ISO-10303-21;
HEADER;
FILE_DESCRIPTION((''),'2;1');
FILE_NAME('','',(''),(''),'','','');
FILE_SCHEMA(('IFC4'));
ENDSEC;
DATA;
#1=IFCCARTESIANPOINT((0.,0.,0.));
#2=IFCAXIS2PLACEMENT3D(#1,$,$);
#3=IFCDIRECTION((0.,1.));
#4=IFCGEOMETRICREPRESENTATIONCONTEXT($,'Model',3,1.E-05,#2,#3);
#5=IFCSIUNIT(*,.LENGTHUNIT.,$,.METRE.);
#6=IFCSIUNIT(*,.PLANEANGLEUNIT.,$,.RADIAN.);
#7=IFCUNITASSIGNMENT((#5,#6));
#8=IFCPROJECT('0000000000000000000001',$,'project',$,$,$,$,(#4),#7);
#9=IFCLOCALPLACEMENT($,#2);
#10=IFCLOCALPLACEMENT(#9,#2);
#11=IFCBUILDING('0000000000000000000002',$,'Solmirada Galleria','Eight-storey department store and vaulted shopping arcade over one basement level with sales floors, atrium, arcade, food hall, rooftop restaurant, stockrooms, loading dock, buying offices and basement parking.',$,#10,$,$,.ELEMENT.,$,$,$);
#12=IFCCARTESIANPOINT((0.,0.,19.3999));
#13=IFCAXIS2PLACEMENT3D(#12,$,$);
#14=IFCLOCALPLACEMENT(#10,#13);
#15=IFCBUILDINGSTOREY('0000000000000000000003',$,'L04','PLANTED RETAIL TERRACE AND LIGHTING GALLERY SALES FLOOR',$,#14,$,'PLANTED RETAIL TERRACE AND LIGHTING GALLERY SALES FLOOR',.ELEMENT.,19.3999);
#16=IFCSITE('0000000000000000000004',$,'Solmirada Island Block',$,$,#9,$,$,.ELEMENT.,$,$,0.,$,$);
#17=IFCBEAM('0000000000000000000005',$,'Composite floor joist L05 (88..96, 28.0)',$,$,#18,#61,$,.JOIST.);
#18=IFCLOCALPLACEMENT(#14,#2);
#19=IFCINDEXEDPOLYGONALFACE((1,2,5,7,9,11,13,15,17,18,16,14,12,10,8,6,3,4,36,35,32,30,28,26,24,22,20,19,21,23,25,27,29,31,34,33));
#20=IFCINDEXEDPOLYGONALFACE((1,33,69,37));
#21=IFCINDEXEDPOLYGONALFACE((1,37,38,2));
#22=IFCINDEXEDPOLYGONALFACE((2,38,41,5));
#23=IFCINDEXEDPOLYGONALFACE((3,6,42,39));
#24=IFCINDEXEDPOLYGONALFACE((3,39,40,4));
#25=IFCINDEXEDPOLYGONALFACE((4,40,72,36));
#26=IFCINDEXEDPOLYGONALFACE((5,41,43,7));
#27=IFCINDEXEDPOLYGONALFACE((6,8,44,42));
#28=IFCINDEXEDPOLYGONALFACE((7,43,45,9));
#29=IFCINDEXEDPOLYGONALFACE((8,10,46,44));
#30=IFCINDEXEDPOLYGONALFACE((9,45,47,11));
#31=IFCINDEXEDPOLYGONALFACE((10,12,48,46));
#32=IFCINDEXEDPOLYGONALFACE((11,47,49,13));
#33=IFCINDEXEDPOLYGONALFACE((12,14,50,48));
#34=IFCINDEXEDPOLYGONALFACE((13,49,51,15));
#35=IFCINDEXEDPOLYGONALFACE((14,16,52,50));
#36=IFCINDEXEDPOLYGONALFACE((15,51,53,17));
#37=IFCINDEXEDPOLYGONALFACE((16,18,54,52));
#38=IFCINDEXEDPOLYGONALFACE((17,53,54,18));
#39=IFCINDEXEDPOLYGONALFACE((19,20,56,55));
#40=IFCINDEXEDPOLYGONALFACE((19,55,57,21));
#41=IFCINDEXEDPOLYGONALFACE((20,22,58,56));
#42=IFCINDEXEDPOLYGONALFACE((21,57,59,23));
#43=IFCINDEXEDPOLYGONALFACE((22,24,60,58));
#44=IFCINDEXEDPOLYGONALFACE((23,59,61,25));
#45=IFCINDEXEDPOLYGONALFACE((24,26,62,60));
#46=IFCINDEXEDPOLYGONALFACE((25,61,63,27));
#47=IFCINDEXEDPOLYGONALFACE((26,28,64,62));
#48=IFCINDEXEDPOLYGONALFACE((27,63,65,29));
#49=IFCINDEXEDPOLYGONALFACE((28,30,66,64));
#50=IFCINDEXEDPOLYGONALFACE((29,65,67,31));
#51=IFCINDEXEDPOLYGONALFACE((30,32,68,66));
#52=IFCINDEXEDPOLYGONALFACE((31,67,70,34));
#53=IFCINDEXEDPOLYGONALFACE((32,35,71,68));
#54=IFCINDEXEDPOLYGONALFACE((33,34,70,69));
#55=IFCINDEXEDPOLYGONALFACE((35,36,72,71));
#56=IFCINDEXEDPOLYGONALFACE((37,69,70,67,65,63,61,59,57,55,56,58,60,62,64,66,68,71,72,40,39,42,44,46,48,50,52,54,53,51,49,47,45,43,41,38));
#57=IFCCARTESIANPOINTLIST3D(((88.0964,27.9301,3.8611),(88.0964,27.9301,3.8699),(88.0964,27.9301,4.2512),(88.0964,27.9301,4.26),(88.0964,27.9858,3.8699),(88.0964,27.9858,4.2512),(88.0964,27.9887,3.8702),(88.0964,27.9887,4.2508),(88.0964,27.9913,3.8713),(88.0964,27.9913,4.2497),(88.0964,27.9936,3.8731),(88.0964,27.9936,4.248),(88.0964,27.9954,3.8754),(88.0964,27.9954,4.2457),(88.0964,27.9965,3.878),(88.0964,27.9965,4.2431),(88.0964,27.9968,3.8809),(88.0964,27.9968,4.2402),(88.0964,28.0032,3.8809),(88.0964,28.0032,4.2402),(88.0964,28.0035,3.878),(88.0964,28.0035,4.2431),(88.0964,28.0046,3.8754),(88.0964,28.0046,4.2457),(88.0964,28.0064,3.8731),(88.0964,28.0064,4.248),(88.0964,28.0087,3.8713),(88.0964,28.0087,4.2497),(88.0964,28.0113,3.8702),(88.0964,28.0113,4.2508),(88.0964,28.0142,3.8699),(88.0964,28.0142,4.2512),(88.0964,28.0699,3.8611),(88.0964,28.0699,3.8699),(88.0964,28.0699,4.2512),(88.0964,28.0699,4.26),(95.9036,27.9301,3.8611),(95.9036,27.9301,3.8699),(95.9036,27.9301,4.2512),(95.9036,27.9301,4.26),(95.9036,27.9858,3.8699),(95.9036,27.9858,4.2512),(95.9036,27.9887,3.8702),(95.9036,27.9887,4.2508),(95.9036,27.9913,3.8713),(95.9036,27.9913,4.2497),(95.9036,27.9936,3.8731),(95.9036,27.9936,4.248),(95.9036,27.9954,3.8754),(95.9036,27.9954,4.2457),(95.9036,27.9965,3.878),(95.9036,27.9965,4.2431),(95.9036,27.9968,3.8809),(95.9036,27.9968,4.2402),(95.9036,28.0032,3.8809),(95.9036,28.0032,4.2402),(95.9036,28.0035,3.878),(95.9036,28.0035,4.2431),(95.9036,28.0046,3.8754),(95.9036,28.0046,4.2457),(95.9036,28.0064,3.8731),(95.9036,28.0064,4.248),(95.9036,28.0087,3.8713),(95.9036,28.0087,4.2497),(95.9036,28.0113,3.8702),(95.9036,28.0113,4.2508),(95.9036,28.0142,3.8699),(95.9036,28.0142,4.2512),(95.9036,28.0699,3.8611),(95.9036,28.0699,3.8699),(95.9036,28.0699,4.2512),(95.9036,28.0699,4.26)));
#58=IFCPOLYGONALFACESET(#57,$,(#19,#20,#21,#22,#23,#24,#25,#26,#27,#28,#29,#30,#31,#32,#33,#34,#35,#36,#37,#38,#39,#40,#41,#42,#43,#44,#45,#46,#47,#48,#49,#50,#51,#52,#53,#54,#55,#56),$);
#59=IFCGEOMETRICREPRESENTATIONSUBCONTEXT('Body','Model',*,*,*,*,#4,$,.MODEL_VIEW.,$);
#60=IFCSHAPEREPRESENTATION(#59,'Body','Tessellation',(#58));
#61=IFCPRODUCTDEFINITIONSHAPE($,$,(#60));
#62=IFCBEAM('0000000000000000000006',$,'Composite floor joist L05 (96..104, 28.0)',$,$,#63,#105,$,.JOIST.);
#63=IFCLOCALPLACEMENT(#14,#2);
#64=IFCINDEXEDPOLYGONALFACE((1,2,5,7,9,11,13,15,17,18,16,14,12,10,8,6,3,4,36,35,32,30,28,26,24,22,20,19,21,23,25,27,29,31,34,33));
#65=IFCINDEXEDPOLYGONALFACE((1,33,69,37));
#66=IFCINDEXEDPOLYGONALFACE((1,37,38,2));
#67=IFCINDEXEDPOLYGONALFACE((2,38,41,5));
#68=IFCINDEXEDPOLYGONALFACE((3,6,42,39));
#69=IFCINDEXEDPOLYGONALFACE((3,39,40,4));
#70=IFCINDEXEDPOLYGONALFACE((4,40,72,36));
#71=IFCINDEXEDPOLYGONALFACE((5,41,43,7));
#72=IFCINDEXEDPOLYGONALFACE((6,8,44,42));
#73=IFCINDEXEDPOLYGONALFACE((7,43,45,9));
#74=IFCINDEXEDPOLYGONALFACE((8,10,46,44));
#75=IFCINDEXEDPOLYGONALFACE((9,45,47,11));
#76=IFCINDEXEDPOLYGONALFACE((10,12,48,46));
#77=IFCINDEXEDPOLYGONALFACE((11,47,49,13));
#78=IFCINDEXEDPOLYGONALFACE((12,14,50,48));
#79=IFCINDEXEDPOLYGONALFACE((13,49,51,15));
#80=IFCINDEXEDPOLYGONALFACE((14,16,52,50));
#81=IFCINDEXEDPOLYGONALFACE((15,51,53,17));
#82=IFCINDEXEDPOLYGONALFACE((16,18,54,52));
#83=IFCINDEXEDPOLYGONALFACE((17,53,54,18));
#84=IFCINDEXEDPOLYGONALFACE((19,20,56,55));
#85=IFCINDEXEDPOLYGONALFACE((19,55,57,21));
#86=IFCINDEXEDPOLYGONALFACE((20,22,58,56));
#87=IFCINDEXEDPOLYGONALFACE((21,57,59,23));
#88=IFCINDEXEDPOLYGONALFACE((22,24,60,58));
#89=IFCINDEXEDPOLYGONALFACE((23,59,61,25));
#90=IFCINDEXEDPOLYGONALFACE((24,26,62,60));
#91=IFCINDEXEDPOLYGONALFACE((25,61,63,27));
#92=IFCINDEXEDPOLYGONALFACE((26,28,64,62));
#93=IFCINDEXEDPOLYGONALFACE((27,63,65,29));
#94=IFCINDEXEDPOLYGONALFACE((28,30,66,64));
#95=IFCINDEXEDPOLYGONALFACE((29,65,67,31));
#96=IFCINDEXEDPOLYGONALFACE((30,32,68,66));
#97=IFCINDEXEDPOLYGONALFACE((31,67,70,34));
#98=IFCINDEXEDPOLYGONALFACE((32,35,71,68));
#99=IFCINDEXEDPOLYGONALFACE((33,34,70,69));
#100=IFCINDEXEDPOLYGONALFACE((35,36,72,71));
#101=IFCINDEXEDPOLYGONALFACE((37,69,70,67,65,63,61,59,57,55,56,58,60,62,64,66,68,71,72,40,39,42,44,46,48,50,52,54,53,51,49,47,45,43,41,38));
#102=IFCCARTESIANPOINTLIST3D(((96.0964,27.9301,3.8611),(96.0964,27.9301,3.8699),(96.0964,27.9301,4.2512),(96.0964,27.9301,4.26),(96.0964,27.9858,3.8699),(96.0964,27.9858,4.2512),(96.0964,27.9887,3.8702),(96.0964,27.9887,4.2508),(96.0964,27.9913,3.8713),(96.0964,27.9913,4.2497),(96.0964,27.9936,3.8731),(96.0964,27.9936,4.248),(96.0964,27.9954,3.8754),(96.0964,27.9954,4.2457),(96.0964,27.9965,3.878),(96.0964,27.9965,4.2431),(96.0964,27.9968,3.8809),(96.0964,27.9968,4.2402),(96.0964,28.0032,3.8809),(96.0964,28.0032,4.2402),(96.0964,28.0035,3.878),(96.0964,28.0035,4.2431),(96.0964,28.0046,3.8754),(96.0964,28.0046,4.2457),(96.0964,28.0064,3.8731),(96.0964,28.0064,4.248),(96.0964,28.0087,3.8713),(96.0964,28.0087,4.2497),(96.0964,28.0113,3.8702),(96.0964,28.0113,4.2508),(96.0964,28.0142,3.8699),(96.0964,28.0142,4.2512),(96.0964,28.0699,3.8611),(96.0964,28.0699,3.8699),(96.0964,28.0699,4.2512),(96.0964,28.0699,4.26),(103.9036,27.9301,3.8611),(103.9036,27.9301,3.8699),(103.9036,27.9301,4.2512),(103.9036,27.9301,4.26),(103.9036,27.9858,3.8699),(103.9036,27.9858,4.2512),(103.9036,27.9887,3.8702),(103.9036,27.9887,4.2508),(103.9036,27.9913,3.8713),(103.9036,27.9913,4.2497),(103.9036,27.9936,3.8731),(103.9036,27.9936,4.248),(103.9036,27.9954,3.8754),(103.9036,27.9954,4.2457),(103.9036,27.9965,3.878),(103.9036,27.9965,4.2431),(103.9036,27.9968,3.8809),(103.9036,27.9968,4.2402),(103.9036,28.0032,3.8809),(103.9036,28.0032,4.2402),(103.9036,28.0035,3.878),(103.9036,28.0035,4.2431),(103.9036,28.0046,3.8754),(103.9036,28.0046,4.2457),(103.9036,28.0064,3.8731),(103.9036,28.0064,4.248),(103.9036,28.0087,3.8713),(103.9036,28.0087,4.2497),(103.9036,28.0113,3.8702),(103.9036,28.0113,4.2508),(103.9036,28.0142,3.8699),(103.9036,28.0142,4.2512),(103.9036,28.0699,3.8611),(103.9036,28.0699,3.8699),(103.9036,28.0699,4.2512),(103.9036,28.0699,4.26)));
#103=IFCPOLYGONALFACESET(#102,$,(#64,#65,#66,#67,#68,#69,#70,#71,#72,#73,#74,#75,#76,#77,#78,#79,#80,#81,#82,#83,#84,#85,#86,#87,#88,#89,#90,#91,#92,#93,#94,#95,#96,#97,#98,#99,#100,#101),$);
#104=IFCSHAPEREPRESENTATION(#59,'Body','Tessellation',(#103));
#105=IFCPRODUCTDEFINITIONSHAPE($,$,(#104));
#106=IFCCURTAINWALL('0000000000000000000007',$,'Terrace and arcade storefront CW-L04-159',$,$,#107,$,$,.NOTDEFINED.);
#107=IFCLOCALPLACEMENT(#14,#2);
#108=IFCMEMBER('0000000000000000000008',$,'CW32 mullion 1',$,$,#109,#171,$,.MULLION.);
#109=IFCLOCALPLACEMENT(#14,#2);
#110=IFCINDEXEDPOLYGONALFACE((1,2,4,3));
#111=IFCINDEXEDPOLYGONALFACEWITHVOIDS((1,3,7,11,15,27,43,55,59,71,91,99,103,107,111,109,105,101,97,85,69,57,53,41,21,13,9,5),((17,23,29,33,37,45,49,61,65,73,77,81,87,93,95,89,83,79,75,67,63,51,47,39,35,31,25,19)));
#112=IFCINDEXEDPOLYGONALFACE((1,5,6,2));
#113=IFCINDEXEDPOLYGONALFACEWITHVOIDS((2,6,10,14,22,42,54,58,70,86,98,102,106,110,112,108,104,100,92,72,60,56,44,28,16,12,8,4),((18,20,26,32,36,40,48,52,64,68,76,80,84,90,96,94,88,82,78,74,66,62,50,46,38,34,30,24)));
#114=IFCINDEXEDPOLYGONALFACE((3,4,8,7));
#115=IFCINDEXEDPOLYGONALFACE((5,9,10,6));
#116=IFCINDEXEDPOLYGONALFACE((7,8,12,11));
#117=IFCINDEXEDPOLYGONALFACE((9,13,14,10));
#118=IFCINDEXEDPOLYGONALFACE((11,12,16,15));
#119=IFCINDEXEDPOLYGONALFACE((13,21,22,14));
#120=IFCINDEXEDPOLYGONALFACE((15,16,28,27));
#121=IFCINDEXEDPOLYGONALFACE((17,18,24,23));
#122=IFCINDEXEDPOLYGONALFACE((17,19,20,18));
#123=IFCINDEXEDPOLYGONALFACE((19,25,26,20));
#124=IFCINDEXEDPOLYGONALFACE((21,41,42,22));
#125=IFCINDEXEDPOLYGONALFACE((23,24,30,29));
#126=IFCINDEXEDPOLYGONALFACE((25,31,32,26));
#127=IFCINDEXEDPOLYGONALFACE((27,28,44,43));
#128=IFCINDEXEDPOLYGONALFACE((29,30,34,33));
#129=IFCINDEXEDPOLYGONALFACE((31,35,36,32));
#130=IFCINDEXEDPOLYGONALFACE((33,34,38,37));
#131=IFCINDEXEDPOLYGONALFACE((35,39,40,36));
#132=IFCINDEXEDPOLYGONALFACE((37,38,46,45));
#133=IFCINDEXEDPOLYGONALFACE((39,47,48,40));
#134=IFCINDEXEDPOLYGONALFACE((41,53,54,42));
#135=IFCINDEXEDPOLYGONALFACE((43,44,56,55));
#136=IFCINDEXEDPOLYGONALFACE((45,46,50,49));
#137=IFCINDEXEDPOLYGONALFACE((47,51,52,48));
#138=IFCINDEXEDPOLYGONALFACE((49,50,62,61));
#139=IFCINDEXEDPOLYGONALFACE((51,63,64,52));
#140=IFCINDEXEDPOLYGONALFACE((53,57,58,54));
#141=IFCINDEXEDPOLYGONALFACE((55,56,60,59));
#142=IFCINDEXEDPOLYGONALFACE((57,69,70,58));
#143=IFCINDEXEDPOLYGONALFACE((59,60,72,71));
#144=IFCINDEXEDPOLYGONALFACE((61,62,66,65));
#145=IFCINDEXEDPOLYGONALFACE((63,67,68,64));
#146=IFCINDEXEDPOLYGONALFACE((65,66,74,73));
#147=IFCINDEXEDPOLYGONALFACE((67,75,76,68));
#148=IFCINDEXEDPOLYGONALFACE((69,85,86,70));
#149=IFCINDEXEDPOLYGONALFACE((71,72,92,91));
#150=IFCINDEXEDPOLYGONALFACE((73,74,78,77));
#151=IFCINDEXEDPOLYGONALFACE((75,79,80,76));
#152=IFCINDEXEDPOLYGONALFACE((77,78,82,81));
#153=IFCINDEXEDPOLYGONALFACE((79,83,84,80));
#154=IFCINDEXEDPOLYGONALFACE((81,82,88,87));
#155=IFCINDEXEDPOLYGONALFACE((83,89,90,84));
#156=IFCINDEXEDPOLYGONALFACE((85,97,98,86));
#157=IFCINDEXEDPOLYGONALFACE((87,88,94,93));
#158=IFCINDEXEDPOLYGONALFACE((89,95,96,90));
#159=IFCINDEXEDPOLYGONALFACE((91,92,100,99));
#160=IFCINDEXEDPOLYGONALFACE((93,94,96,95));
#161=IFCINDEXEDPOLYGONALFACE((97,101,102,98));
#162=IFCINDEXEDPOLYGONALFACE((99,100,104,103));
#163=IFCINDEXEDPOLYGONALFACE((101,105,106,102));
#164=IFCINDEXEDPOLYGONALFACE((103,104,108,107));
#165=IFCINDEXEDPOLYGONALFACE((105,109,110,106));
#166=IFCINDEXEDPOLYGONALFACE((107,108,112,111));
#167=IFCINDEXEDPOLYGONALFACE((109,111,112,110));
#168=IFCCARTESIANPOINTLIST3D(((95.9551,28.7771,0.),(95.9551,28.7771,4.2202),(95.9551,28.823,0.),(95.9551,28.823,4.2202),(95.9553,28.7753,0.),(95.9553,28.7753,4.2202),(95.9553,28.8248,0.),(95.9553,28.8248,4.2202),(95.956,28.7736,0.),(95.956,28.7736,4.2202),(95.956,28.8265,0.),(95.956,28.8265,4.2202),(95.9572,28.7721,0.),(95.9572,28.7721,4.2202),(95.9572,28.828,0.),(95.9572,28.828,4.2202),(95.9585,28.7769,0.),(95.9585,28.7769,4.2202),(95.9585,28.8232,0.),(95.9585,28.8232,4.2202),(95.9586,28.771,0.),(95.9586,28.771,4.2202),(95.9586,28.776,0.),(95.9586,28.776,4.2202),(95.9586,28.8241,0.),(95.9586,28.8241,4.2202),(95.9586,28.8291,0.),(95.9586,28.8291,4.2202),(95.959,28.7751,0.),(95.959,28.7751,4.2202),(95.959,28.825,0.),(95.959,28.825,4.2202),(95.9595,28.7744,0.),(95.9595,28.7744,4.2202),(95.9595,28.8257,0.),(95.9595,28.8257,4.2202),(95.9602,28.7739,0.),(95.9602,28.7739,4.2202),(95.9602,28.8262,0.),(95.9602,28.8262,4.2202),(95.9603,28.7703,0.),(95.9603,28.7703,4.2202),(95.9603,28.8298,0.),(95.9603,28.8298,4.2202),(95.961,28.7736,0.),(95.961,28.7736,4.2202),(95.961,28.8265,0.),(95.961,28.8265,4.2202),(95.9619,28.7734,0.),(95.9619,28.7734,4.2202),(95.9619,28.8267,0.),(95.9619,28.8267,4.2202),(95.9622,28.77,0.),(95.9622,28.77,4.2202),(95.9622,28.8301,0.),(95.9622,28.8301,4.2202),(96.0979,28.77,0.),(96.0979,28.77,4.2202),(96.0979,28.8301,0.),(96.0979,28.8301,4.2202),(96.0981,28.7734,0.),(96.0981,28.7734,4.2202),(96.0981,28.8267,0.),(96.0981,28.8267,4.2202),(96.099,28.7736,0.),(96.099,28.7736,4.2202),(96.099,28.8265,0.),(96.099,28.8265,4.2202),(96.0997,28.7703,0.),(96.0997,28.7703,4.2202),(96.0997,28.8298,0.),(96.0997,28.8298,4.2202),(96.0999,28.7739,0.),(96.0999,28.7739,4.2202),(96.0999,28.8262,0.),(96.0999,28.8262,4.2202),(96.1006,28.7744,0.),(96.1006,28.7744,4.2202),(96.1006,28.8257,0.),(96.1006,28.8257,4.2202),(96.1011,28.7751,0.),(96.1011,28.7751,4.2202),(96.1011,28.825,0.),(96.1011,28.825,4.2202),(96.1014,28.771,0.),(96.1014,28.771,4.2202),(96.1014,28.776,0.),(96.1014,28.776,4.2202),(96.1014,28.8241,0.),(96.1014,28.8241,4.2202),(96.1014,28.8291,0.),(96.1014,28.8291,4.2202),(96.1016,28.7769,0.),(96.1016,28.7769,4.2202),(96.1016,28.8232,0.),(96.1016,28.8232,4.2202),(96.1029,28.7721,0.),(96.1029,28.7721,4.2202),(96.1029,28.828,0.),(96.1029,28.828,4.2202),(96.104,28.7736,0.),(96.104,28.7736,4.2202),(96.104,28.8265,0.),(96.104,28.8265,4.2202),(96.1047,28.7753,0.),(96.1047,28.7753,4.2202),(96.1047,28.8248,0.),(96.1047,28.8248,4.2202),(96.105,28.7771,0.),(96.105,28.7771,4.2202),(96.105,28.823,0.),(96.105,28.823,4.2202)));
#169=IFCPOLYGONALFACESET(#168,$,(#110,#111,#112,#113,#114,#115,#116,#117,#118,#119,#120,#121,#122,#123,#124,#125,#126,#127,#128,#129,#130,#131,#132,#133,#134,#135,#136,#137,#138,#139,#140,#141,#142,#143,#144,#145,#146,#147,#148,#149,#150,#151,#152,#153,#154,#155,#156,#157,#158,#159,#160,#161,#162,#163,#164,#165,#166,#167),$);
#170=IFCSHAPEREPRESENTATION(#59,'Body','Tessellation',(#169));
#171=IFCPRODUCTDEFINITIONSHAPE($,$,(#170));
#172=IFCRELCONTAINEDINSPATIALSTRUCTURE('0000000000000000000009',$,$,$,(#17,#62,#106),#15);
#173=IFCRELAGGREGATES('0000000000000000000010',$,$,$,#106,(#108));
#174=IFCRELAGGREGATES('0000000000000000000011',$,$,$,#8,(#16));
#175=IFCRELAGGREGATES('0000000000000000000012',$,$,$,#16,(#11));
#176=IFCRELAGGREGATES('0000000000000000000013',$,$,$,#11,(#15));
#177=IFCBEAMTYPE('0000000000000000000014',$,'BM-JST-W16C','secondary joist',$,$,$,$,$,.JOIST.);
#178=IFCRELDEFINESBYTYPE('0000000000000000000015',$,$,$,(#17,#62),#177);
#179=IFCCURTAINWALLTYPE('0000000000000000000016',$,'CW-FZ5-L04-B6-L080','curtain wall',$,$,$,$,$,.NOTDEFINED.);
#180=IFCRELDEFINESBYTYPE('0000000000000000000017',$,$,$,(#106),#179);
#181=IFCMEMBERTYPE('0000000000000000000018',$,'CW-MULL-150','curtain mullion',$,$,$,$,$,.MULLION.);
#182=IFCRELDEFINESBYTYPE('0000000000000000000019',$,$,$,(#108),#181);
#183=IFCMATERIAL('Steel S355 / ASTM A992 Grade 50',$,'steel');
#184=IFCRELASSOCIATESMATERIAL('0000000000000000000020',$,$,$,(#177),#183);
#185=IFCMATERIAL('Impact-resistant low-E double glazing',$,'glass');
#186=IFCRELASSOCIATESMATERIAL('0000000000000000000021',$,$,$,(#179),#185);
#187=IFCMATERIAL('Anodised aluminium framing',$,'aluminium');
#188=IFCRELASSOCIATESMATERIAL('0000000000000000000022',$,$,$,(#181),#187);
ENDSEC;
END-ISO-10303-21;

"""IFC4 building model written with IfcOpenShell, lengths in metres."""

from ifc_helpers import new_model, si_unit, direction, frame, origin, origin_2d, place, context, subcontext, project, spatial, hollow_rectangle, i_section, extrude, material, material_profile, profile_set, type_object, element, aggregate, save


model = new_model("IFC4")

# Units and contexts
model_context = context("Model", 3, precision=1e-05, world=origin(), true_north=direction((0.0, 1.0)))
body_context = subcontext(model_context, "Body", "Model", "MODEL_VIEW")
ifc_project = project(units=[si_unit("LENGTHUNIT", "METRE"), si_unit("PLANEANGLEUNIT", "RADIAN")], contexts=[model_context])

# Site, building, storey
site_placement = place(None, origin())
site = spatial("IfcSite", under=ifc_project, at=site_placement, Name="Solmirada Island Block", CompositionType="ELEMENT", RefElevation=0.0)
building_placement = place(site_placement, origin())
building = spatial("IfcBuilding", under=site, at=building_placement, Name="Solmirada Galleria", Description="Eight-storey department store and vaulted shopping arcade over one basement level with sales floors, atrium, arcade, food hall, rooftop restaurant, stockrooms, loading dock, buying offices and basement parking.", CompositionType="ELEMENT")
storey_placement = place(building_placement, frame((0.0, 0.0, 19.3999)))
storey = spatial("IfcBuildingStorey", under=building, at=storey_placement, Name="L04", Description="PLANTED RETAIL TERRACE AND LIGHTING GALLERY SALES FLOOR", LongName="PLANTED RETAIL TERRACE AND LIGHTING GALLERY SALES FLOOR", CompositionType="ELEMENT", Elevation=19.3999)

# Beams
ifc_material_1 = material(Name="Steel S355 / ASTM A992 Grade 50", Category="steel")
ifc_material_profile_1 = material_profile(ifc_material_1, i_section(OverallWidth=0.1399, OverallDepth=0.3989, WebThickness=0.0063, FlangeThickness=0.0088, FilletRadius=0.011, at=origin_2d()), Name="W16X26")
ifc_profile_set_1 = profile_set([ifc_material_profile_1], Name="Steel S355 / ASTM A992 Grade 50")
beam_type_1 = type_object("IfcBeamType", Name="BM-JST-W16C", Description="secondary joist", PredefinedType="JOIST", material=ifc_profile_set_1)
for number, where, z_axis, x_axis, name in (
    (1, (88.0964, 28.0, 4.0605), (1.0, 0.0, 0.0), (0.0, 1.0, 0.0), "Composite floor joist L05 (88..96, 28.0)"),
    (2, (96.0964, 28.0, 4.0605), (1.0, 0.0, 0.0), (0.0, 1.0, 0.0), "Composite floor joist L05 (96..104, 28.0)"),
):
    element("IfcBeam", number, at=place(storey_placement, frame(where, z_axis=z_axis, x_axis=x_axis)), inside=storey, type_object=beam_type_1, Name=name, PredefinedType="JOIST", context=body_context, shape_type="SweptSolid", body=[
        extrude(i_section(OverallWidth=0.1399, OverallDepth=0.3989, WebThickness=0.0063, FlangeThickness=0.0088, FilletRadius=0.011, at=origin_2d()), origin(), (0.0, 0.0, 1.0), 7.8071),
    ])

# Curtain wall, member
ifc_material_2 = material(Name="Impact-resistant low-E double glazing", Category="glass")
curtain_wall_type = type_object("IfcCurtainWallType", Name="CW-FZ5-L04-B6-L080", Description="curtain wall", PredefinedType="NOTDEFINED", material=ifc_material_2)
curtain_wall_placement = place(storey_placement, origin())
curtain_wall = element("IfcCurtainWall", 3, at=curtain_wall_placement, inside=storey, type_object=curtain_wall_type, Name="Terrace and arcade storefront CW-L04-159", PredefinedType="NOTDEFINED")
ifc_material_3 = material(Name="Anodised aluminium framing", Category="aluminium")
ifc_material_profile_2 = material_profile(ifc_material_3, hollow_rectangle(XDim=0.0601, YDim=0.1499, WallThickness=0.0034, InnerFilletRadius=0.0034, OuterFilletRadius=0.0071, at=origin_2d()), Name="ALU-MULL-150X60")
ifc_profile_set_2 = profile_set([ifc_material_profile_2], Name="Anodised aluminium framing")
member_type_1 = type_object("IfcMemberType", Name="CW-MULL-150", Description="curtain mullion", PredefinedType="MULLION", material=ifc_profile_set_2)
member_1_placement = place(storey_placement, frame((96.03, 28.8, 0.0), z_axis=(0.0, 0.0, 1.0), x_axis=(0.0, 1.0, 0.0)))
member_1 = element("IfcMember", 4, at=member_1_placement, type_object=member_type_1, Name="CW32 mullion 1", PredefinedType="MULLION", context=body_context, shape_type="SweptSolid", body=[
    extrude(hollow_rectangle(XDim=0.0601, YDim=0.1499, WallThickness=0.0034, InnerFilletRadius=0.0034, OuterFilletRadius=0.0071, at=origin_2d()), origin(), (0.0, 0.0, 1.0), 4.2202),
])
aggregate(curtain_wall, [member_1])

save(model, "model.ifc")
